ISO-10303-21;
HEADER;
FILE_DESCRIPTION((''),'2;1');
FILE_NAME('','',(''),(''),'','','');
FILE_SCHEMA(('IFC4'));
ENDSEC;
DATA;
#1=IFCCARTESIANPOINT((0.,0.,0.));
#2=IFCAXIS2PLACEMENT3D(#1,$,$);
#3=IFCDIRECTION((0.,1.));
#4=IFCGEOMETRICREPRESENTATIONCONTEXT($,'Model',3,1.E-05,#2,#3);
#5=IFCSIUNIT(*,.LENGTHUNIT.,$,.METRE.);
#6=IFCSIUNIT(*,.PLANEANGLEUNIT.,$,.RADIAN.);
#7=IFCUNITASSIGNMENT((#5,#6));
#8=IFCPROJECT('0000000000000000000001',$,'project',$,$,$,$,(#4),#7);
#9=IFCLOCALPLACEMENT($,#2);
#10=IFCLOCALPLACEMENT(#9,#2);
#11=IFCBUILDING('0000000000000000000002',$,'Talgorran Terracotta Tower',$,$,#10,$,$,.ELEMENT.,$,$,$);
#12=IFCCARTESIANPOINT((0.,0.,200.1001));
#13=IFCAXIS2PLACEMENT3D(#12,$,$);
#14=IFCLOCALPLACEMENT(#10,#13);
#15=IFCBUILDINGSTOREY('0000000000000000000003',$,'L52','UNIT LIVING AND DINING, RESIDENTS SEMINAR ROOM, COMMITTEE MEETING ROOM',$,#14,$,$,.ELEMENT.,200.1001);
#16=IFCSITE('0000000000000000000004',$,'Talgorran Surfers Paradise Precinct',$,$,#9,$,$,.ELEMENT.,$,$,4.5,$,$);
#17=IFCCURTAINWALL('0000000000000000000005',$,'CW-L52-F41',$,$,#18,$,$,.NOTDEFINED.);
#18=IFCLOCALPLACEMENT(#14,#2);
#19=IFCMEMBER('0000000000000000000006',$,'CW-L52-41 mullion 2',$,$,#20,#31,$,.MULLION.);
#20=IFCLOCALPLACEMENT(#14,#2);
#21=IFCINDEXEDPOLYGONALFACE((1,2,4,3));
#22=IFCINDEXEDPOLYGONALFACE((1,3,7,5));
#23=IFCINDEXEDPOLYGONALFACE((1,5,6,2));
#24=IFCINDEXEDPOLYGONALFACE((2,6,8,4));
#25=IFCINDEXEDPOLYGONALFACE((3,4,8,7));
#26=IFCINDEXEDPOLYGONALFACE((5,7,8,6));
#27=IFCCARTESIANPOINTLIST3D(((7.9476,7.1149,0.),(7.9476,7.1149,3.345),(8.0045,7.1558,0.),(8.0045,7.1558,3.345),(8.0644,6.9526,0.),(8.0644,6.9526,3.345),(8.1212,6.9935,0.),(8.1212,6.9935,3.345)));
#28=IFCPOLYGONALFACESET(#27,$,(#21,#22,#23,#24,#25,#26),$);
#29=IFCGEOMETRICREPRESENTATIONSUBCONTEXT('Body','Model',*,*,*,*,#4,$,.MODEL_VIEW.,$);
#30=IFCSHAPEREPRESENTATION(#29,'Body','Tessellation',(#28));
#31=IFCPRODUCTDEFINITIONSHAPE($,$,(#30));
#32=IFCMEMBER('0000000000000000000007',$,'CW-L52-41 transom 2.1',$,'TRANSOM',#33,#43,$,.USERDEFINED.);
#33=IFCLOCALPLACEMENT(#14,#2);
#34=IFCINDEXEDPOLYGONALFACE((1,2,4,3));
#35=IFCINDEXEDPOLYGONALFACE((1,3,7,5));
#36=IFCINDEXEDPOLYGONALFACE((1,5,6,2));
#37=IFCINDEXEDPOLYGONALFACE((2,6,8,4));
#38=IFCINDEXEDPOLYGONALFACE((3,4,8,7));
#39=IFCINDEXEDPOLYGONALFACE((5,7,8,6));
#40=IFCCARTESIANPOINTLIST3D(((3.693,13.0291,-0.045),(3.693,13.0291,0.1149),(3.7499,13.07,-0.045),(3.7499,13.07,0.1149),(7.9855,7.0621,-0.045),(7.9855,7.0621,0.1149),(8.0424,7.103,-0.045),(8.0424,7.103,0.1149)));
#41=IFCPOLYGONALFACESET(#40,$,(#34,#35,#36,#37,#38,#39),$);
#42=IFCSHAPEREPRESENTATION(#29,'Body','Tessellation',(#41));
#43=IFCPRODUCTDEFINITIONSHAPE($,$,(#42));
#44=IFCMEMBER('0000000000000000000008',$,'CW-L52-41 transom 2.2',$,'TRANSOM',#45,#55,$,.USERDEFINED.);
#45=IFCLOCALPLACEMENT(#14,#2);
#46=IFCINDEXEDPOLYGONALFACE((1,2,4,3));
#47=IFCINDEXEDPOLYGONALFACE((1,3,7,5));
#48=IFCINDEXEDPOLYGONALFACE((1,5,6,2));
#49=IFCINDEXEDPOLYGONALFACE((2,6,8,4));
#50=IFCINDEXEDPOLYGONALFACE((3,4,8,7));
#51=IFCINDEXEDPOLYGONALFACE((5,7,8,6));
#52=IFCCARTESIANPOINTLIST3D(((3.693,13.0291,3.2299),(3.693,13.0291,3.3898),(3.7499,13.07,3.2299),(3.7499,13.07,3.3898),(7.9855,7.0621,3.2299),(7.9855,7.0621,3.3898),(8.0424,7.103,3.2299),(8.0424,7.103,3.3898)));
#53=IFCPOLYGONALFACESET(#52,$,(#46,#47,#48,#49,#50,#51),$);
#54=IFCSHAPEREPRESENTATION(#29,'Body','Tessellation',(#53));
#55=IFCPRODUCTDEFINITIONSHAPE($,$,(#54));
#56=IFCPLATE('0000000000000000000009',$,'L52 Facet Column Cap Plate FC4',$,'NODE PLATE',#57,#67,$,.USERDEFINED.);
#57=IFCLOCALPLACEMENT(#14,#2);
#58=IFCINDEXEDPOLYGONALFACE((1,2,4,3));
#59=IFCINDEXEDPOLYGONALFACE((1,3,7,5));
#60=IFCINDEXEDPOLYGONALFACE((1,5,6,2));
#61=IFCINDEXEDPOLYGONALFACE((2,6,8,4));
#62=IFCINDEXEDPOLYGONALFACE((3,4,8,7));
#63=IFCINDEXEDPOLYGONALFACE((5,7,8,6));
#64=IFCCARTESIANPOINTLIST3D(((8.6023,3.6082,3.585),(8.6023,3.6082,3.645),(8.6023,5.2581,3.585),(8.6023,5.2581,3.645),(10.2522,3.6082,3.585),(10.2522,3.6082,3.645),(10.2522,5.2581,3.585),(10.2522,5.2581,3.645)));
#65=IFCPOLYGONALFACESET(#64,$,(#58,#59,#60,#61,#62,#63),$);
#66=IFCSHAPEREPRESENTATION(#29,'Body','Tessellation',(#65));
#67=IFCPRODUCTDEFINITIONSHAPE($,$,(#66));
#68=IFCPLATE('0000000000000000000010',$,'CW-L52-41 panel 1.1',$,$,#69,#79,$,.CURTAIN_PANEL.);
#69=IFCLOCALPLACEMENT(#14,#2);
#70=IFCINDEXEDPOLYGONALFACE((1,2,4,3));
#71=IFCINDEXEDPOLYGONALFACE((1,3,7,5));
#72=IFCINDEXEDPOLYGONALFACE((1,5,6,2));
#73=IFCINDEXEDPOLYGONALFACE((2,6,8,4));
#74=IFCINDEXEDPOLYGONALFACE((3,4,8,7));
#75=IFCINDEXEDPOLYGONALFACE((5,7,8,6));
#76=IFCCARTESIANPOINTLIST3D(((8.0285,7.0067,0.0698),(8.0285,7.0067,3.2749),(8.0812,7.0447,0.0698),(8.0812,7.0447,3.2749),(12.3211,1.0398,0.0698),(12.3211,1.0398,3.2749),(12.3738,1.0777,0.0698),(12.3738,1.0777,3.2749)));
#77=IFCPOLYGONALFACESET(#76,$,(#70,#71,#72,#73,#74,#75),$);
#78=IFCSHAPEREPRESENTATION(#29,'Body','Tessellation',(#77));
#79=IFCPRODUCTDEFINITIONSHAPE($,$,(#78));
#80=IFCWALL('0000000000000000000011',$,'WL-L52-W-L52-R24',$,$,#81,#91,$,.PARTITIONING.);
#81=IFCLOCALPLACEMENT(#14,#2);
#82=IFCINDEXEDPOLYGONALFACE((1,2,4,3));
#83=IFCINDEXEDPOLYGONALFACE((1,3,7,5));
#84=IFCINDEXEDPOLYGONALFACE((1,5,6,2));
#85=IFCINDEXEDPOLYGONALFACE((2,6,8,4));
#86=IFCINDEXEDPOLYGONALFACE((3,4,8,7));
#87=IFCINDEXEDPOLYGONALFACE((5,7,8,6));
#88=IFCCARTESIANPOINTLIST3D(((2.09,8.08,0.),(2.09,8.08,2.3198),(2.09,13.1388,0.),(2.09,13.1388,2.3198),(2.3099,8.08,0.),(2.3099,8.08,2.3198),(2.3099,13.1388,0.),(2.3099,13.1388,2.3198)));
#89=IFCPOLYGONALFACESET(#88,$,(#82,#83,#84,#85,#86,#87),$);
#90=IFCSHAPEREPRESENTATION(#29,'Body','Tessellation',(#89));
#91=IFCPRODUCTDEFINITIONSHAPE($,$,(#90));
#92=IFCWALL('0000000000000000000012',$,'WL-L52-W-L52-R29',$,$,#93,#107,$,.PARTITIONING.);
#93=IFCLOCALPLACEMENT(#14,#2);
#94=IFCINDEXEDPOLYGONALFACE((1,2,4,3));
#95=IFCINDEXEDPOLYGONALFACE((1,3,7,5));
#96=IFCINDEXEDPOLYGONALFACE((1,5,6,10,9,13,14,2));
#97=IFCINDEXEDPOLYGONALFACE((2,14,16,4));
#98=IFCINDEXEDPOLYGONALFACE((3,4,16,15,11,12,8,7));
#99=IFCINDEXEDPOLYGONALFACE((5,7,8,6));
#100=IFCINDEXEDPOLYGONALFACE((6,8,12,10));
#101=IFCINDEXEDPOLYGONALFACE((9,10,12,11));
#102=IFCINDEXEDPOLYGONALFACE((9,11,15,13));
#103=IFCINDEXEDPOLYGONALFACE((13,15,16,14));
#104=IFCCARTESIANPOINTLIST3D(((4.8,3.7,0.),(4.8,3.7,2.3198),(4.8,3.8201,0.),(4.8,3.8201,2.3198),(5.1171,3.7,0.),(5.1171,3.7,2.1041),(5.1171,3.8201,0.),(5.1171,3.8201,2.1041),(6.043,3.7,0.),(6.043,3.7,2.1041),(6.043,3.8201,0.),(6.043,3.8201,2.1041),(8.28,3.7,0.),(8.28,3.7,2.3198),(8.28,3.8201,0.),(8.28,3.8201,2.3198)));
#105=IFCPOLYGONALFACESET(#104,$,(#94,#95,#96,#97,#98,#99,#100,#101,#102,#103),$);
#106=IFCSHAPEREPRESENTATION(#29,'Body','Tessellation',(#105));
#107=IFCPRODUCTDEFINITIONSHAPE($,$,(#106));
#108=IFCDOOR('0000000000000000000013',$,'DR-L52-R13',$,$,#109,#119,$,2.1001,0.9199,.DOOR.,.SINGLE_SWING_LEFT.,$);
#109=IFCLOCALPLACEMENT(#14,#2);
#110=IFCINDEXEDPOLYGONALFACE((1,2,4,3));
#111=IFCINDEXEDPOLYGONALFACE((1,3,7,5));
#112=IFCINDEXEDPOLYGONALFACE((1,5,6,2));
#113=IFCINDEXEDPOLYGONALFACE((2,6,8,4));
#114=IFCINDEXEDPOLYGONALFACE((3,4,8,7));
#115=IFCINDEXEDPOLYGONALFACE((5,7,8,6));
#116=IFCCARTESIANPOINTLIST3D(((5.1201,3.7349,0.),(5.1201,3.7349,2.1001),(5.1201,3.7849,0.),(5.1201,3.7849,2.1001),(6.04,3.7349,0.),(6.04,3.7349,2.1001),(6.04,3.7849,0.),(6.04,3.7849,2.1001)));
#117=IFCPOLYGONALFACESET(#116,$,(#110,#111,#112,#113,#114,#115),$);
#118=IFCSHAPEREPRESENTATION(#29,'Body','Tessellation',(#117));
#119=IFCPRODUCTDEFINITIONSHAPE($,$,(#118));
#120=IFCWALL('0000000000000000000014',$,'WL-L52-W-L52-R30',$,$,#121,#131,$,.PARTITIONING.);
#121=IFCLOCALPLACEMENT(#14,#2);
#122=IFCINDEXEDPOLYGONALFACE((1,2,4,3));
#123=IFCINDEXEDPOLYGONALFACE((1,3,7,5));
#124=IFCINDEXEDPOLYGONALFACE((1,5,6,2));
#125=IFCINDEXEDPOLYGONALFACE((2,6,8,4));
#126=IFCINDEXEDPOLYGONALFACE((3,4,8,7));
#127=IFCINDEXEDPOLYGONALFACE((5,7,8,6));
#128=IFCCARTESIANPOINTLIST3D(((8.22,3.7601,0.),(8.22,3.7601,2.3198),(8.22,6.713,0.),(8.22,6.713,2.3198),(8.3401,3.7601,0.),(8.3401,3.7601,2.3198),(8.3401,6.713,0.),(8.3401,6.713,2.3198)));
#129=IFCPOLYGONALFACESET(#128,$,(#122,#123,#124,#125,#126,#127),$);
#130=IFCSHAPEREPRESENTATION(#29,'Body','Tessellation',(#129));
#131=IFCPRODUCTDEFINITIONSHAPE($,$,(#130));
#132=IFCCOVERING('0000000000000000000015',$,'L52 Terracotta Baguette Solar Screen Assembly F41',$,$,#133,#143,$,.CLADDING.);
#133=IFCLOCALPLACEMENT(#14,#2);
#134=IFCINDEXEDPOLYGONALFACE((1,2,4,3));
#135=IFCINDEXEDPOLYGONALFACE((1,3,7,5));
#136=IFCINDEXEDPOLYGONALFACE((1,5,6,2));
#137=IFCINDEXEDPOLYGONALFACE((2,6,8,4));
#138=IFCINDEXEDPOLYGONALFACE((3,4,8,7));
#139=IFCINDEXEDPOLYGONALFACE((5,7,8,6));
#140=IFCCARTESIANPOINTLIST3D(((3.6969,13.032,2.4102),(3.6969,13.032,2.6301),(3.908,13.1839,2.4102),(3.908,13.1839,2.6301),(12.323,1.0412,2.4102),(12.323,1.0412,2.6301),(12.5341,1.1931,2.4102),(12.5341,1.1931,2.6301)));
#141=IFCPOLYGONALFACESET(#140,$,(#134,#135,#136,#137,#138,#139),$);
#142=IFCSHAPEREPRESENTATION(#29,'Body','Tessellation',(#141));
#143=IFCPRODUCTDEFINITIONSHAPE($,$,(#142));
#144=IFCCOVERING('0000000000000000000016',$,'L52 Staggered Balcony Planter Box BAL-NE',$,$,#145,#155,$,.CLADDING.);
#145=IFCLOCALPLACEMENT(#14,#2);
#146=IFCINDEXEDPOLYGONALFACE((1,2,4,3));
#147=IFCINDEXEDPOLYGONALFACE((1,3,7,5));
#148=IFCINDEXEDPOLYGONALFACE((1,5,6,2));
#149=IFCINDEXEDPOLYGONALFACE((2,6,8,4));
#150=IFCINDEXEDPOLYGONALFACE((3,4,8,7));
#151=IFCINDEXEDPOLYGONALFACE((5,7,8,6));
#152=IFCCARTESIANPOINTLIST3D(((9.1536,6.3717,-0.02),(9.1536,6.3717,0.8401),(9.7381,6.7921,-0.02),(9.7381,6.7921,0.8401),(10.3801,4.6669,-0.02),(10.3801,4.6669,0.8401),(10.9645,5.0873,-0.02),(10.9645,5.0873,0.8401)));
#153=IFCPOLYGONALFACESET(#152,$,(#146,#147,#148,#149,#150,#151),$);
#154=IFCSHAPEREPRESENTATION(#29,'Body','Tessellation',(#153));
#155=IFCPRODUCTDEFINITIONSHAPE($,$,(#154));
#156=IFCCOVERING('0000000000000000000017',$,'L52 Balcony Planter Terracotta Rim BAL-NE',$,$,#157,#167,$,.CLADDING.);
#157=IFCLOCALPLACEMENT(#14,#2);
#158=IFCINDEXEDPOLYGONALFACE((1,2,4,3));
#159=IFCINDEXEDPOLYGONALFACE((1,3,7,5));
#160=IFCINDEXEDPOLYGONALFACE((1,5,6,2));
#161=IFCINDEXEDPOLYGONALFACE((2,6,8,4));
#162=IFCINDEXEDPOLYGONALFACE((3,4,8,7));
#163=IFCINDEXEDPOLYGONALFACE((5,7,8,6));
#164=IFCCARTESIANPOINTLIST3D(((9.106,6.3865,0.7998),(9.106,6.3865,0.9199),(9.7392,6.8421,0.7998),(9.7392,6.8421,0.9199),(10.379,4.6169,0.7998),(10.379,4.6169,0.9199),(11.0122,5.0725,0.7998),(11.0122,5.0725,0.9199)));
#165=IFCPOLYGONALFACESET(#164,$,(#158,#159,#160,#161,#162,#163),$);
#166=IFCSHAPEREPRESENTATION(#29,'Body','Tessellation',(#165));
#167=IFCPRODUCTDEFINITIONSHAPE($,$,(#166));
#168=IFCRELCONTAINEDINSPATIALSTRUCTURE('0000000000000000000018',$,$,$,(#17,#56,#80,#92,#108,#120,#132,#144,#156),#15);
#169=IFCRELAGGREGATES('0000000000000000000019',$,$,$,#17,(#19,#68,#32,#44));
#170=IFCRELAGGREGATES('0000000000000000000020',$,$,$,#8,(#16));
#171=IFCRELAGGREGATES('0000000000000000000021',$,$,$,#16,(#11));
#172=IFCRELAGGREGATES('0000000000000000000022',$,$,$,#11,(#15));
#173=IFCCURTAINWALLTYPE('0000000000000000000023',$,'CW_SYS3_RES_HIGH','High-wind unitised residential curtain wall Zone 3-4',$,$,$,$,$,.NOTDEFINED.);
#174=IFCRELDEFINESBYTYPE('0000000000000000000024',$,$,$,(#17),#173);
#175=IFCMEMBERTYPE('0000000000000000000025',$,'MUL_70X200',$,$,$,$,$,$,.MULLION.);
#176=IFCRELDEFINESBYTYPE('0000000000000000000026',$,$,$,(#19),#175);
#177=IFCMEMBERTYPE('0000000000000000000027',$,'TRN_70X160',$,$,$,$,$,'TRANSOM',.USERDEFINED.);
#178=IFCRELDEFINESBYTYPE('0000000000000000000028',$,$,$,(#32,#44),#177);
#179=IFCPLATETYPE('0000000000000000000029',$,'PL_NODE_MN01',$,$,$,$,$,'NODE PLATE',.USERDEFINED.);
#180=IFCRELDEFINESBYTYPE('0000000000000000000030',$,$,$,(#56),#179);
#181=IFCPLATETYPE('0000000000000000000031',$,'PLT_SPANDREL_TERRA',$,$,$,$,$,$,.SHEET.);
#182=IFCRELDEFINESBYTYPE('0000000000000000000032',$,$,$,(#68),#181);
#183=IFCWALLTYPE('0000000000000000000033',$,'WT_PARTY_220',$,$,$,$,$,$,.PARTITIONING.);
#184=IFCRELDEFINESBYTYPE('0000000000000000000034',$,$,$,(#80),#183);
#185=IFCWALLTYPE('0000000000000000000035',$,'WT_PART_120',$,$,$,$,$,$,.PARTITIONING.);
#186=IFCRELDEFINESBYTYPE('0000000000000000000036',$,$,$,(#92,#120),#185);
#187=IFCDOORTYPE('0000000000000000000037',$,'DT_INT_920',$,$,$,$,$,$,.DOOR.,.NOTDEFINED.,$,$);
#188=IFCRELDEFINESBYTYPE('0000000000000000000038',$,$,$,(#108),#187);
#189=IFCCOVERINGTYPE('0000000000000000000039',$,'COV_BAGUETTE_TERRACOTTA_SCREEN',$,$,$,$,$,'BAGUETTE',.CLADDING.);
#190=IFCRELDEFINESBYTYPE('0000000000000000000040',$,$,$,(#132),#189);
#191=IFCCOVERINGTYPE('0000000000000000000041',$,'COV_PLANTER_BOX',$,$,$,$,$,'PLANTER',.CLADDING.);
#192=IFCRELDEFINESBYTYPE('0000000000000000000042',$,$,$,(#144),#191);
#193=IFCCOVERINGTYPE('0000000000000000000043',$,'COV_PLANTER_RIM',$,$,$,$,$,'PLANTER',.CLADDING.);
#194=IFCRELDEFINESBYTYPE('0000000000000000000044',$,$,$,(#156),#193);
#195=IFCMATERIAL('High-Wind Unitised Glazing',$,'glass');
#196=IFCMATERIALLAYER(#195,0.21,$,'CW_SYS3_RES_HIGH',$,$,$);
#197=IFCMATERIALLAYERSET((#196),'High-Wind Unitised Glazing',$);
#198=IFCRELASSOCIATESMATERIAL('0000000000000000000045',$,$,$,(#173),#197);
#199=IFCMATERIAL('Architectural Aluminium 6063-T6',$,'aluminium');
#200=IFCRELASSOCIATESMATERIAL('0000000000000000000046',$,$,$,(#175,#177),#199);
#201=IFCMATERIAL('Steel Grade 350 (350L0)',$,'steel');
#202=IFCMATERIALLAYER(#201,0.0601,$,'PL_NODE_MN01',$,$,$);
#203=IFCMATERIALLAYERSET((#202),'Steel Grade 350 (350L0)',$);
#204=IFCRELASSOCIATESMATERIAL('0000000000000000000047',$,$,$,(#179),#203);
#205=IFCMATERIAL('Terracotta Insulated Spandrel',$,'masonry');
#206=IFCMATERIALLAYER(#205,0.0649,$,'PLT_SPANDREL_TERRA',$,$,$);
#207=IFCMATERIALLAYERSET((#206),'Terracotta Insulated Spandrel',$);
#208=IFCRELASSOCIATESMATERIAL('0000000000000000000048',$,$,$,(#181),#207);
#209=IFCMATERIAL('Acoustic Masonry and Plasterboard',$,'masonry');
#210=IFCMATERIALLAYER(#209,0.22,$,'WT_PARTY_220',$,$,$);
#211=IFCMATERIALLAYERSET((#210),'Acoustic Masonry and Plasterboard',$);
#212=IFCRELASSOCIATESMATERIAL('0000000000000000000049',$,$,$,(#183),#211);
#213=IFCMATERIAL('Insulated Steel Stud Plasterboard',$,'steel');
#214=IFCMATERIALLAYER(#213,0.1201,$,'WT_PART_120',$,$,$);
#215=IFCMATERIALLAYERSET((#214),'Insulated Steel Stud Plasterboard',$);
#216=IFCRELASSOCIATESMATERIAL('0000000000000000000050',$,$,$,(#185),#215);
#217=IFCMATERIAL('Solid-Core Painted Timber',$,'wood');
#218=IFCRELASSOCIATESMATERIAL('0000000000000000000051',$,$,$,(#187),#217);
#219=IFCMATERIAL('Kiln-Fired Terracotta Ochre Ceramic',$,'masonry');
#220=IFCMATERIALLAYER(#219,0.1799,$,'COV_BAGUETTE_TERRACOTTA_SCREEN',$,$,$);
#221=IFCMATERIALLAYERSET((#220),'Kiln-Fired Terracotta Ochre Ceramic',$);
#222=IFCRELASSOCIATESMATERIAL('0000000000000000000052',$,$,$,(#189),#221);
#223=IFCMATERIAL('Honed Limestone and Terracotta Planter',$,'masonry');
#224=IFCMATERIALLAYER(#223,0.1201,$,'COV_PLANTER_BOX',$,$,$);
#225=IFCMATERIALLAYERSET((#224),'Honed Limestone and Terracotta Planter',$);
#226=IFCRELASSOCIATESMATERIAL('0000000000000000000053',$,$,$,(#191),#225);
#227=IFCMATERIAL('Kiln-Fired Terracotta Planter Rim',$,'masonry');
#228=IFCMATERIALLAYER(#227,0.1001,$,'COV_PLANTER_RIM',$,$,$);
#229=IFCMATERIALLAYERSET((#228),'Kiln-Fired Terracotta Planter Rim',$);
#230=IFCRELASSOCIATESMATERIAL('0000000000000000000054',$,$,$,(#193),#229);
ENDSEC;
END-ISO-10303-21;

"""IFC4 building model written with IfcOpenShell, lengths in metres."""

from ifc_helpers import new_model, si_unit, direction, frame, frame_2d, origin, origin_2d, place, context, subcontext, project, spatial, rectangle, extrude, source, transform, mapped, material, layer, layer_set, material_profile, profile_set, type_object, type_shapes, element, fill, aggregate, save


model = new_model("IFC4")

# Units and contexts
model_context = context("Model", 3, precision=1e-05, world=origin(), true_north=direction((0.0, 1.0)))
body_context = subcontext(model_context, "Body", "Model", "MODEL_VIEW")
ifc_project = project(units=[si_unit("LENGTHUNIT", "METRE"), si_unit("PLANEANGLEUNIT", "RADIAN")], contexts=[model_context])

# Site, building, storey
site_placement = place(None, origin())
site = spatial("IfcSite", under=ifc_project, at=site_placement, Name="Talgorran Surfers Paradise Precinct", CompositionType="ELEMENT", RefElevation=4.5)
building_placement = place(site_placement, origin())
building = spatial("IfcBuilding", under=site, at=building_placement, Name="Talgorran Terracotta Tower", CompositionType="ELEMENT")
storey_placement = place(building_placement, frame((0.0, 0.0, 200.1001)))
storey = spatial("IfcBuildingStorey", under=building, at=storey_placement, Name="L52", Description="UNIT LIVING AND DINING, RESIDENTS SEMINAR ROOM, COMMITTEE MEETING ROOM", CompositionType="ELEMENT", Elevation=200.1001)

# Shared definitions
ifc_material_1 = material(Name="Steel Grade 350 (350L0)", Category="steel")

# Curtain wall, members
ifc_material_2 = material(Name="High-Wind Unitised Glazing", Category="glass")
ifc_layer_1 = layer(ifc_material_2, 0.21, Name="CW_SYS3_RES_HIGH")
ifc_layer_set_1 = layer_set([ifc_layer_1], Name="High-Wind Unitised Glazing")
curtain_wall_type = type_object("IfcCurtainWallType", Name="CW_SYS3_RES_HIGH", Description="High-wind unitised residential curtain wall Zone 3-4", PredefinedType="NOTDEFINED", material=ifc_layer_set_1)
curtain_wall_placement = place(storey_placement, origin())
curtain_wall = element("IfcCurtainWall", 1, at=curtain_wall_placement, inside=storey, type_object=curtain_wall_type, Name="CW-L52-F41", PredefinedType="NOTDEFINED")
ifc_material_3 = material(Name="Architectural Aluminium 6063-T6", Category="aluminium")
ifc_material_profile_1 = material_profile(ifc_material_3, rectangle(XDim=0.0701, YDim=0.2, at=origin_2d()), Name="CWM70X200")
ifc_profile_set_1 = profile_set([ifc_material_profile_1], Name="Architectural Aluminium 6063-T6")
member_type_1 = type_object("IfcMemberType", Name="MUL_70X200", PredefinedType="MULLION", material=ifc_profile_set_1)
member_1_placement = place(storey_placement, frame((8.0344, 7.0542, 0.0), z_axis=(0.0, 0.0, 1.0), x_axis=(-0.811765, -0.583984, 0.0)))
member_1 = element("IfcMember", 2, at=member_1_placement, type_object=member_type_1, Name="CW-L52-41 mullion 2", PredefinedType="MULLION", context=body_context, shape_type="SweptSolid", body=[
    extrude(rectangle(XDim=0.0701, YDim=0.2, at=origin_2d()), origin(), (0.0, 0.0, 1.0), 3.345),
])
ifc_material_profile_2 = material_profile(ifc_material_3, rectangle(XDim=0.0701, YDim=0.1599, at=origin_2d()), Name="CWT70X160")
ifc_profile_set_2 = profile_set([ifc_material_profile_2], Name="Architectural Aluminium 6063-T6")
member_type_2 = type_object("IfcMemberType", Name="TRN_70X160", ElementType="TRANSOM", PredefinedType="USERDEFINED", material=ifc_profile_set_2)
member_2_placement = place(storey_placement, frame((8.0139, 7.0825, 0.0349), z_axis=(-0.583965, 0.811779, 0.0), x_axis=(-0.811779, -0.583965, 0.0)))
member_2 = element("IfcMember", 3, at=member_2_placement, type_object=member_type_2, Name="CW-L52-41 transom 2.1", ObjectType="TRANSOM", PredefinedType="USERDEFINED", context=body_context, shape_type="SweptSolid", body=[
    extrude(rectangle(XDim=0.0701, YDim=0.1599, at=origin_2d()), origin(), (0.0, 0.0, 1.0), 7.3506),
])
member_3_placement = place(storey_placement, frame((8.0139, 7.0825, 3.3098), z_axis=(-0.583965, 0.811779, 0.0), x_axis=(-0.811779, -0.583965, 0.0)))
member_3 = element("IfcMember", 4, at=member_3_placement, type_object=member_type_2, Name="CW-L52-41 transom 2.2", ObjectType="TRANSOM", PredefinedType="USERDEFINED", context=body_context, shape_type="SweptSolid", body=[
    extrude(rectangle(XDim=0.0701, YDim=0.1599, at=origin_2d()), origin(), (0.0, 0.0, 1.0), 7.3506),
])

# Plates
ifc_layer_2 = layer(ifc_material_1, 0.0601, Name="PL_NODE_MN01")
ifc_layer_set_2 = layer_set([ifc_layer_2], Name="Steel Grade 350 (350L0)")
plate_type_1 = type_object("IfcPlateType", Name="PL_NODE_MN01", ElementType="NODE PLATE", PredefinedType="USERDEFINED", material=ifc_layer_set_2)
plate_1_placement = place(storey_placement, frame((9.4272, 4.4331, 3.585), z_axis=(0.0, 0.0, 1.0), x_axis=(1.0, 0.0, 0.0)))
element("IfcPlate", 5, at=plate_1_placement, inside=storey, type_object=plate_type_1, Name="L52 Facet Column Cap Plate FC4", ObjectType="NODE PLATE", PredefinedType="USERDEFINED", context=body_context, shape_type="SweptSolid", body=[
    extrude(rectangle(XDim=1.6499, YDim=1.6499, at=origin_2d()), origin(), (0.0, 0.0, 1.0), 0.0601),
])
ifc_material_4 = material(Name="Terracotta Insulated Spandrel", Category="masonry")
ifc_layer_3 = layer(ifc_material_4, 0.0649, Name="PLT_SPANDREL_TERRA")
ifc_layer_set_3 = layer_set([ifc_layer_3], Name="Terracotta Insulated Spandrel")
plate_type_2 = type_object("IfcPlateType", Name="PLT_SPANDREL_TERRA", PredefinedType="SHEET", material=ifc_layer_set_3)
shared_shape = source(origin(), body_context, "Body", "SweptSolid", [
    extrude(rectangle(XDim=7.3506, YDim=0.0649, at=origin_2d()), origin(), (0.0, 0.0, 1.0), 3.2051),
])
type_shapes(plate_type_2, [shared_shape])
plate_2_placement = place(storey_placement, frame((10.2012, 4.0422, 0.0698), z_axis=(0.0, 0.0, 1.0), x_axis=(-0.583984, 0.811765, 0.0)))
plate_2 = element("IfcPlate", 6, at=plate_2_placement, type_object=plate_type_2, Name="CW-L52-41 panel 1.1", PredefinedType="CURTAIN_PANEL", context=body_context, shape_type="MappedRepresentation", body=[
    mapped(shared_shape, transform((0.0, 0.0, 0.0), scale=1.0)),
])
aggregate(curtain_wall, [member_1, plate_2, member_2, member_3])

# Wall
ifc_material_5 = material(Name="Acoustic Masonry and Plasterboard", Category="masonry")
ifc_layer_4 = layer(ifc_material_5, 0.22, Name="WT_PARTY_220")
ifc_layer_set_4 = layer_set([ifc_layer_4], Name="Acoustic Masonry and Plasterboard")
wall_type_1 = type_object("IfcWallType", Name="WT_PARTY_220", PredefinedType="PARTITIONING", material=ifc_layer_set_4)
wall_1_placement = place(storey_placement, frame((2.2, 8.0801, 0.0), z_axis=(0.0, 0.0, 1.0), x_axis=(0.0, 1.0, 0.0)))
element("IfcWall", 7, at=wall_1_placement, inside=storey, type_object=wall_type_1, Name="WL-L52-W-L52-R24", PredefinedType="PARTITIONING", context=body_context, shape_type="SweptSolid", body=[
    extrude(rectangle(XDim=5.0588, YDim=0.22, at=frame_2d((2.5293, 0.0))), origin(), (0.0, 0.0, 1.0), 2.3198),
])

# Wall, opening, door
ifc_material_6 = material(Name="Insulated Steel Stud Plasterboard", Category="steel")
ifc_layer_5 = layer(ifc_material_6, 0.1201, Name="WT_PART_120")
ifc_layer_set_5 = layer_set([ifc_layer_5], Name="Insulated Steel Stud Plasterboard")
wall_type_2 = type_object("IfcWallType", Name="WT_PART_120", PredefinedType="PARTITIONING", material=ifc_layer_set_5)
wall_2_placement = place(storey_placement, frame((4.8, 3.76, 0.0), z_axis=(0.0, 0.0, 1.0), x_axis=(1.0, 0.0, 0.0)))
wall_2 = element("IfcWall", 8, at=wall_2_placement, inside=storey, type_object=wall_type_2, Name="WL-L52-W-L52-R29", PredefinedType="PARTITIONING", context=body_context, shape_type="SweptSolid", body=[
    extrude(rectangle(XDim=3.48, YDim=0.1201, at=frame_2d((1.74, 0.0))), origin(), (0.0, 0.0, 1.0), 2.3198),
])
opening_placement = place(wall_2_placement, frame((0.3201, 0.0, 0.0)))
opening = element("IfcOpeningElement", 9, at=opening_placement, cuts=wall_2, PredefinedType="OPENING", context=body_context, shape_type="SweptSolid", body=[
    extrude(rectangle(XDim=0.9259, YDim=2.1041, at=frame_2d((0.46, 1.052))), frame((0.0, 0.0701, 0.0), z_axis=(0.0, -1.0, 0.0), x_axis=(1.0, 0.0, 0.0)), (0.0, 0.0, 1.0), 0.1401),
])
ifc_material_7 = material(Name="Solid-Core Painted Timber", Category="wood")
door_type = type_object("IfcDoorType", Name="DT_INT_920", OperationType="NOTDEFINED", PredefinedType="DOOR", material=ifc_material_7)
door_placement = place(opening_placement, origin())
door = element("IfcDoor", 10, at=door_placement, inside=storey, type_object=door_type, Name="DR-L52-R13", OperationType="SINGLE_SWING_LEFT", OverallHeight=2.1001, OverallWidth=0.9199, PredefinedType="DOOR", context=body_context, shape_type="SweptSolid", body=[
    extrude(rectangle(XDim=0.9199, YDim=2.1001, at=frame_2d((0.46, 1.05))), frame((0.0, 0.0249, 0.0), z_axis=(0.0, -1.0, 0.0), x_axis=(1.0, 0.0, 0.0)), (0.0, 0.0, 1.0), 0.05),
])
fill(opening, door)

# Wall
wall_3_placement = place(storey_placement, frame((8.28, 3.76, 0.0), z_axis=(0.0, 0.0, 1.0), x_axis=(0.0, 1.0, 0.0)))
element("IfcWall", 11, at=wall_3_placement, inside=storey, type_object=wall_type_2, Name="WL-L52-W-L52-R30", PredefinedType="PARTITIONING", context=body_context, shape_type="SweptSolid", body=[
    extrude(rectangle(XDim=2.9529, YDim=0.1201, at=frame_2d((1.4766, 0.0))), origin(), (0.0, 0.0, 1.0), 2.3198),
])

# Coverings
ifc_material_8 = material(Name="Kiln-Fired Terracotta Ochre Ceramic", Category="masonry")
ifc_layer_6 = layer(ifc_material_8, 0.1799, Name="COV_BAGUETTE_TERRACOTTA_SCREEN")
ifc_layer_set_6 = layer_set([ifc_layer_6], Name="Kiln-Fired Terracotta Ochre Ceramic")
covering_type_1 = type_object("IfcCoveringType", Name="COV_BAGUETTE_TERRACOTTA_SCREEN", ElementType="BAGUETTE", PredefinedType="CLADDING", material=ifc_layer_set_6)
covering_1_placement = place(storey_placement, frame((8.1155, 7.1125, 2.4102), z_axis=(0.0, 0.0, 1.0), x_axis=(-0.583981, 0.811768, 0.0)))
element("IfcCovering", 12, at=covering_1_placement, inside=storey, type_object=covering_type_1, Name="L52 Terracotta Baguette Solar Screen Assembly F41", PredefinedType="CLADDING", context=body_context, shape_type="SweptSolid", body=[
    extrude(rectangle(XDim=14.7712, YDim=0.26, at=origin_2d()), origin(), (0.0, 0.0, 1.0), 0.22),
])
ifc_material_9 = material(Name="Honed Limestone and Terracotta Planter", Category="masonry")
ifc_layer_7 = layer(ifc_material_9, 0.1201, Name="COV_PLANTER_BOX")
ifc_layer_set_7 = layer_set([ifc_layer_7], Name="Honed Limestone and Terracotta Planter")
covering_type_2 = type_object("IfcCoveringType", Name="COV_PLANTER_BOX", ElementType="PLANTER", PredefinedType="CLADDING", material=ifc_layer_set_7)
covering_2_placement = place(storey_placement, frame((10.0591, 5.7295, -0.02), z_axis=(0.0, 0.0, 1.0), x_axis=(-0.583981, 0.811768, 0.0)))
element("IfcCovering", 13, at=covering_2_placement, inside=storey, type_object=covering_type_2, Name="L52 Staggered Balcony Planter Box BAL-NE", PredefinedType="CLADDING", context=body_context, shape_type="SweptSolid", body=[
    extrude(rectangle(XDim=2.1001, YDim=0.72, at=origin_2d()), origin(), (0.0, 0.0, 1.0), 0.8601),
])
ifc_material_10 = material(Name="Kiln-Fired Terracotta Planter Rim", Category="masonry")
ifc_layer_8 = layer(ifc_material_10, 0.1001, Name="COV_PLANTER_RIM")
ifc_layer_set_8 = layer_set([ifc_layer_8], Name="Kiln-Fired Terracotta Planter Rim")
covering_type_3 = type_object("IfcCoveringType", Name="COV_PLANTER_RIM", ElementType="PLANTER", PredefinedType="CLADDING", material=ifc_layer_set_8)
covering_3_placement = place(storey_placement, frame((10.0591, 5.7295, 0.7998), z_axis=(0.0, 0.0, 1.0), x_axis=(-0.583981, 0.811768, 0.0)))
element("IfcCovering", 14, at=covering_3_placement, inside=storey, type_object=covering_type_3, Name="L52 Balcony Planter Terracotta Rim BAL-NE", PredefinedType="CLADDING", context=body_context, shape_type="SweptSolid", body=[
    extrude(rectangle(XDim=2.1799, YDim=0.78, at=origin_2d()), origin(), (0.0, 0.0, 1.0), 0.1201),
])

save(model, "model.ifc")
